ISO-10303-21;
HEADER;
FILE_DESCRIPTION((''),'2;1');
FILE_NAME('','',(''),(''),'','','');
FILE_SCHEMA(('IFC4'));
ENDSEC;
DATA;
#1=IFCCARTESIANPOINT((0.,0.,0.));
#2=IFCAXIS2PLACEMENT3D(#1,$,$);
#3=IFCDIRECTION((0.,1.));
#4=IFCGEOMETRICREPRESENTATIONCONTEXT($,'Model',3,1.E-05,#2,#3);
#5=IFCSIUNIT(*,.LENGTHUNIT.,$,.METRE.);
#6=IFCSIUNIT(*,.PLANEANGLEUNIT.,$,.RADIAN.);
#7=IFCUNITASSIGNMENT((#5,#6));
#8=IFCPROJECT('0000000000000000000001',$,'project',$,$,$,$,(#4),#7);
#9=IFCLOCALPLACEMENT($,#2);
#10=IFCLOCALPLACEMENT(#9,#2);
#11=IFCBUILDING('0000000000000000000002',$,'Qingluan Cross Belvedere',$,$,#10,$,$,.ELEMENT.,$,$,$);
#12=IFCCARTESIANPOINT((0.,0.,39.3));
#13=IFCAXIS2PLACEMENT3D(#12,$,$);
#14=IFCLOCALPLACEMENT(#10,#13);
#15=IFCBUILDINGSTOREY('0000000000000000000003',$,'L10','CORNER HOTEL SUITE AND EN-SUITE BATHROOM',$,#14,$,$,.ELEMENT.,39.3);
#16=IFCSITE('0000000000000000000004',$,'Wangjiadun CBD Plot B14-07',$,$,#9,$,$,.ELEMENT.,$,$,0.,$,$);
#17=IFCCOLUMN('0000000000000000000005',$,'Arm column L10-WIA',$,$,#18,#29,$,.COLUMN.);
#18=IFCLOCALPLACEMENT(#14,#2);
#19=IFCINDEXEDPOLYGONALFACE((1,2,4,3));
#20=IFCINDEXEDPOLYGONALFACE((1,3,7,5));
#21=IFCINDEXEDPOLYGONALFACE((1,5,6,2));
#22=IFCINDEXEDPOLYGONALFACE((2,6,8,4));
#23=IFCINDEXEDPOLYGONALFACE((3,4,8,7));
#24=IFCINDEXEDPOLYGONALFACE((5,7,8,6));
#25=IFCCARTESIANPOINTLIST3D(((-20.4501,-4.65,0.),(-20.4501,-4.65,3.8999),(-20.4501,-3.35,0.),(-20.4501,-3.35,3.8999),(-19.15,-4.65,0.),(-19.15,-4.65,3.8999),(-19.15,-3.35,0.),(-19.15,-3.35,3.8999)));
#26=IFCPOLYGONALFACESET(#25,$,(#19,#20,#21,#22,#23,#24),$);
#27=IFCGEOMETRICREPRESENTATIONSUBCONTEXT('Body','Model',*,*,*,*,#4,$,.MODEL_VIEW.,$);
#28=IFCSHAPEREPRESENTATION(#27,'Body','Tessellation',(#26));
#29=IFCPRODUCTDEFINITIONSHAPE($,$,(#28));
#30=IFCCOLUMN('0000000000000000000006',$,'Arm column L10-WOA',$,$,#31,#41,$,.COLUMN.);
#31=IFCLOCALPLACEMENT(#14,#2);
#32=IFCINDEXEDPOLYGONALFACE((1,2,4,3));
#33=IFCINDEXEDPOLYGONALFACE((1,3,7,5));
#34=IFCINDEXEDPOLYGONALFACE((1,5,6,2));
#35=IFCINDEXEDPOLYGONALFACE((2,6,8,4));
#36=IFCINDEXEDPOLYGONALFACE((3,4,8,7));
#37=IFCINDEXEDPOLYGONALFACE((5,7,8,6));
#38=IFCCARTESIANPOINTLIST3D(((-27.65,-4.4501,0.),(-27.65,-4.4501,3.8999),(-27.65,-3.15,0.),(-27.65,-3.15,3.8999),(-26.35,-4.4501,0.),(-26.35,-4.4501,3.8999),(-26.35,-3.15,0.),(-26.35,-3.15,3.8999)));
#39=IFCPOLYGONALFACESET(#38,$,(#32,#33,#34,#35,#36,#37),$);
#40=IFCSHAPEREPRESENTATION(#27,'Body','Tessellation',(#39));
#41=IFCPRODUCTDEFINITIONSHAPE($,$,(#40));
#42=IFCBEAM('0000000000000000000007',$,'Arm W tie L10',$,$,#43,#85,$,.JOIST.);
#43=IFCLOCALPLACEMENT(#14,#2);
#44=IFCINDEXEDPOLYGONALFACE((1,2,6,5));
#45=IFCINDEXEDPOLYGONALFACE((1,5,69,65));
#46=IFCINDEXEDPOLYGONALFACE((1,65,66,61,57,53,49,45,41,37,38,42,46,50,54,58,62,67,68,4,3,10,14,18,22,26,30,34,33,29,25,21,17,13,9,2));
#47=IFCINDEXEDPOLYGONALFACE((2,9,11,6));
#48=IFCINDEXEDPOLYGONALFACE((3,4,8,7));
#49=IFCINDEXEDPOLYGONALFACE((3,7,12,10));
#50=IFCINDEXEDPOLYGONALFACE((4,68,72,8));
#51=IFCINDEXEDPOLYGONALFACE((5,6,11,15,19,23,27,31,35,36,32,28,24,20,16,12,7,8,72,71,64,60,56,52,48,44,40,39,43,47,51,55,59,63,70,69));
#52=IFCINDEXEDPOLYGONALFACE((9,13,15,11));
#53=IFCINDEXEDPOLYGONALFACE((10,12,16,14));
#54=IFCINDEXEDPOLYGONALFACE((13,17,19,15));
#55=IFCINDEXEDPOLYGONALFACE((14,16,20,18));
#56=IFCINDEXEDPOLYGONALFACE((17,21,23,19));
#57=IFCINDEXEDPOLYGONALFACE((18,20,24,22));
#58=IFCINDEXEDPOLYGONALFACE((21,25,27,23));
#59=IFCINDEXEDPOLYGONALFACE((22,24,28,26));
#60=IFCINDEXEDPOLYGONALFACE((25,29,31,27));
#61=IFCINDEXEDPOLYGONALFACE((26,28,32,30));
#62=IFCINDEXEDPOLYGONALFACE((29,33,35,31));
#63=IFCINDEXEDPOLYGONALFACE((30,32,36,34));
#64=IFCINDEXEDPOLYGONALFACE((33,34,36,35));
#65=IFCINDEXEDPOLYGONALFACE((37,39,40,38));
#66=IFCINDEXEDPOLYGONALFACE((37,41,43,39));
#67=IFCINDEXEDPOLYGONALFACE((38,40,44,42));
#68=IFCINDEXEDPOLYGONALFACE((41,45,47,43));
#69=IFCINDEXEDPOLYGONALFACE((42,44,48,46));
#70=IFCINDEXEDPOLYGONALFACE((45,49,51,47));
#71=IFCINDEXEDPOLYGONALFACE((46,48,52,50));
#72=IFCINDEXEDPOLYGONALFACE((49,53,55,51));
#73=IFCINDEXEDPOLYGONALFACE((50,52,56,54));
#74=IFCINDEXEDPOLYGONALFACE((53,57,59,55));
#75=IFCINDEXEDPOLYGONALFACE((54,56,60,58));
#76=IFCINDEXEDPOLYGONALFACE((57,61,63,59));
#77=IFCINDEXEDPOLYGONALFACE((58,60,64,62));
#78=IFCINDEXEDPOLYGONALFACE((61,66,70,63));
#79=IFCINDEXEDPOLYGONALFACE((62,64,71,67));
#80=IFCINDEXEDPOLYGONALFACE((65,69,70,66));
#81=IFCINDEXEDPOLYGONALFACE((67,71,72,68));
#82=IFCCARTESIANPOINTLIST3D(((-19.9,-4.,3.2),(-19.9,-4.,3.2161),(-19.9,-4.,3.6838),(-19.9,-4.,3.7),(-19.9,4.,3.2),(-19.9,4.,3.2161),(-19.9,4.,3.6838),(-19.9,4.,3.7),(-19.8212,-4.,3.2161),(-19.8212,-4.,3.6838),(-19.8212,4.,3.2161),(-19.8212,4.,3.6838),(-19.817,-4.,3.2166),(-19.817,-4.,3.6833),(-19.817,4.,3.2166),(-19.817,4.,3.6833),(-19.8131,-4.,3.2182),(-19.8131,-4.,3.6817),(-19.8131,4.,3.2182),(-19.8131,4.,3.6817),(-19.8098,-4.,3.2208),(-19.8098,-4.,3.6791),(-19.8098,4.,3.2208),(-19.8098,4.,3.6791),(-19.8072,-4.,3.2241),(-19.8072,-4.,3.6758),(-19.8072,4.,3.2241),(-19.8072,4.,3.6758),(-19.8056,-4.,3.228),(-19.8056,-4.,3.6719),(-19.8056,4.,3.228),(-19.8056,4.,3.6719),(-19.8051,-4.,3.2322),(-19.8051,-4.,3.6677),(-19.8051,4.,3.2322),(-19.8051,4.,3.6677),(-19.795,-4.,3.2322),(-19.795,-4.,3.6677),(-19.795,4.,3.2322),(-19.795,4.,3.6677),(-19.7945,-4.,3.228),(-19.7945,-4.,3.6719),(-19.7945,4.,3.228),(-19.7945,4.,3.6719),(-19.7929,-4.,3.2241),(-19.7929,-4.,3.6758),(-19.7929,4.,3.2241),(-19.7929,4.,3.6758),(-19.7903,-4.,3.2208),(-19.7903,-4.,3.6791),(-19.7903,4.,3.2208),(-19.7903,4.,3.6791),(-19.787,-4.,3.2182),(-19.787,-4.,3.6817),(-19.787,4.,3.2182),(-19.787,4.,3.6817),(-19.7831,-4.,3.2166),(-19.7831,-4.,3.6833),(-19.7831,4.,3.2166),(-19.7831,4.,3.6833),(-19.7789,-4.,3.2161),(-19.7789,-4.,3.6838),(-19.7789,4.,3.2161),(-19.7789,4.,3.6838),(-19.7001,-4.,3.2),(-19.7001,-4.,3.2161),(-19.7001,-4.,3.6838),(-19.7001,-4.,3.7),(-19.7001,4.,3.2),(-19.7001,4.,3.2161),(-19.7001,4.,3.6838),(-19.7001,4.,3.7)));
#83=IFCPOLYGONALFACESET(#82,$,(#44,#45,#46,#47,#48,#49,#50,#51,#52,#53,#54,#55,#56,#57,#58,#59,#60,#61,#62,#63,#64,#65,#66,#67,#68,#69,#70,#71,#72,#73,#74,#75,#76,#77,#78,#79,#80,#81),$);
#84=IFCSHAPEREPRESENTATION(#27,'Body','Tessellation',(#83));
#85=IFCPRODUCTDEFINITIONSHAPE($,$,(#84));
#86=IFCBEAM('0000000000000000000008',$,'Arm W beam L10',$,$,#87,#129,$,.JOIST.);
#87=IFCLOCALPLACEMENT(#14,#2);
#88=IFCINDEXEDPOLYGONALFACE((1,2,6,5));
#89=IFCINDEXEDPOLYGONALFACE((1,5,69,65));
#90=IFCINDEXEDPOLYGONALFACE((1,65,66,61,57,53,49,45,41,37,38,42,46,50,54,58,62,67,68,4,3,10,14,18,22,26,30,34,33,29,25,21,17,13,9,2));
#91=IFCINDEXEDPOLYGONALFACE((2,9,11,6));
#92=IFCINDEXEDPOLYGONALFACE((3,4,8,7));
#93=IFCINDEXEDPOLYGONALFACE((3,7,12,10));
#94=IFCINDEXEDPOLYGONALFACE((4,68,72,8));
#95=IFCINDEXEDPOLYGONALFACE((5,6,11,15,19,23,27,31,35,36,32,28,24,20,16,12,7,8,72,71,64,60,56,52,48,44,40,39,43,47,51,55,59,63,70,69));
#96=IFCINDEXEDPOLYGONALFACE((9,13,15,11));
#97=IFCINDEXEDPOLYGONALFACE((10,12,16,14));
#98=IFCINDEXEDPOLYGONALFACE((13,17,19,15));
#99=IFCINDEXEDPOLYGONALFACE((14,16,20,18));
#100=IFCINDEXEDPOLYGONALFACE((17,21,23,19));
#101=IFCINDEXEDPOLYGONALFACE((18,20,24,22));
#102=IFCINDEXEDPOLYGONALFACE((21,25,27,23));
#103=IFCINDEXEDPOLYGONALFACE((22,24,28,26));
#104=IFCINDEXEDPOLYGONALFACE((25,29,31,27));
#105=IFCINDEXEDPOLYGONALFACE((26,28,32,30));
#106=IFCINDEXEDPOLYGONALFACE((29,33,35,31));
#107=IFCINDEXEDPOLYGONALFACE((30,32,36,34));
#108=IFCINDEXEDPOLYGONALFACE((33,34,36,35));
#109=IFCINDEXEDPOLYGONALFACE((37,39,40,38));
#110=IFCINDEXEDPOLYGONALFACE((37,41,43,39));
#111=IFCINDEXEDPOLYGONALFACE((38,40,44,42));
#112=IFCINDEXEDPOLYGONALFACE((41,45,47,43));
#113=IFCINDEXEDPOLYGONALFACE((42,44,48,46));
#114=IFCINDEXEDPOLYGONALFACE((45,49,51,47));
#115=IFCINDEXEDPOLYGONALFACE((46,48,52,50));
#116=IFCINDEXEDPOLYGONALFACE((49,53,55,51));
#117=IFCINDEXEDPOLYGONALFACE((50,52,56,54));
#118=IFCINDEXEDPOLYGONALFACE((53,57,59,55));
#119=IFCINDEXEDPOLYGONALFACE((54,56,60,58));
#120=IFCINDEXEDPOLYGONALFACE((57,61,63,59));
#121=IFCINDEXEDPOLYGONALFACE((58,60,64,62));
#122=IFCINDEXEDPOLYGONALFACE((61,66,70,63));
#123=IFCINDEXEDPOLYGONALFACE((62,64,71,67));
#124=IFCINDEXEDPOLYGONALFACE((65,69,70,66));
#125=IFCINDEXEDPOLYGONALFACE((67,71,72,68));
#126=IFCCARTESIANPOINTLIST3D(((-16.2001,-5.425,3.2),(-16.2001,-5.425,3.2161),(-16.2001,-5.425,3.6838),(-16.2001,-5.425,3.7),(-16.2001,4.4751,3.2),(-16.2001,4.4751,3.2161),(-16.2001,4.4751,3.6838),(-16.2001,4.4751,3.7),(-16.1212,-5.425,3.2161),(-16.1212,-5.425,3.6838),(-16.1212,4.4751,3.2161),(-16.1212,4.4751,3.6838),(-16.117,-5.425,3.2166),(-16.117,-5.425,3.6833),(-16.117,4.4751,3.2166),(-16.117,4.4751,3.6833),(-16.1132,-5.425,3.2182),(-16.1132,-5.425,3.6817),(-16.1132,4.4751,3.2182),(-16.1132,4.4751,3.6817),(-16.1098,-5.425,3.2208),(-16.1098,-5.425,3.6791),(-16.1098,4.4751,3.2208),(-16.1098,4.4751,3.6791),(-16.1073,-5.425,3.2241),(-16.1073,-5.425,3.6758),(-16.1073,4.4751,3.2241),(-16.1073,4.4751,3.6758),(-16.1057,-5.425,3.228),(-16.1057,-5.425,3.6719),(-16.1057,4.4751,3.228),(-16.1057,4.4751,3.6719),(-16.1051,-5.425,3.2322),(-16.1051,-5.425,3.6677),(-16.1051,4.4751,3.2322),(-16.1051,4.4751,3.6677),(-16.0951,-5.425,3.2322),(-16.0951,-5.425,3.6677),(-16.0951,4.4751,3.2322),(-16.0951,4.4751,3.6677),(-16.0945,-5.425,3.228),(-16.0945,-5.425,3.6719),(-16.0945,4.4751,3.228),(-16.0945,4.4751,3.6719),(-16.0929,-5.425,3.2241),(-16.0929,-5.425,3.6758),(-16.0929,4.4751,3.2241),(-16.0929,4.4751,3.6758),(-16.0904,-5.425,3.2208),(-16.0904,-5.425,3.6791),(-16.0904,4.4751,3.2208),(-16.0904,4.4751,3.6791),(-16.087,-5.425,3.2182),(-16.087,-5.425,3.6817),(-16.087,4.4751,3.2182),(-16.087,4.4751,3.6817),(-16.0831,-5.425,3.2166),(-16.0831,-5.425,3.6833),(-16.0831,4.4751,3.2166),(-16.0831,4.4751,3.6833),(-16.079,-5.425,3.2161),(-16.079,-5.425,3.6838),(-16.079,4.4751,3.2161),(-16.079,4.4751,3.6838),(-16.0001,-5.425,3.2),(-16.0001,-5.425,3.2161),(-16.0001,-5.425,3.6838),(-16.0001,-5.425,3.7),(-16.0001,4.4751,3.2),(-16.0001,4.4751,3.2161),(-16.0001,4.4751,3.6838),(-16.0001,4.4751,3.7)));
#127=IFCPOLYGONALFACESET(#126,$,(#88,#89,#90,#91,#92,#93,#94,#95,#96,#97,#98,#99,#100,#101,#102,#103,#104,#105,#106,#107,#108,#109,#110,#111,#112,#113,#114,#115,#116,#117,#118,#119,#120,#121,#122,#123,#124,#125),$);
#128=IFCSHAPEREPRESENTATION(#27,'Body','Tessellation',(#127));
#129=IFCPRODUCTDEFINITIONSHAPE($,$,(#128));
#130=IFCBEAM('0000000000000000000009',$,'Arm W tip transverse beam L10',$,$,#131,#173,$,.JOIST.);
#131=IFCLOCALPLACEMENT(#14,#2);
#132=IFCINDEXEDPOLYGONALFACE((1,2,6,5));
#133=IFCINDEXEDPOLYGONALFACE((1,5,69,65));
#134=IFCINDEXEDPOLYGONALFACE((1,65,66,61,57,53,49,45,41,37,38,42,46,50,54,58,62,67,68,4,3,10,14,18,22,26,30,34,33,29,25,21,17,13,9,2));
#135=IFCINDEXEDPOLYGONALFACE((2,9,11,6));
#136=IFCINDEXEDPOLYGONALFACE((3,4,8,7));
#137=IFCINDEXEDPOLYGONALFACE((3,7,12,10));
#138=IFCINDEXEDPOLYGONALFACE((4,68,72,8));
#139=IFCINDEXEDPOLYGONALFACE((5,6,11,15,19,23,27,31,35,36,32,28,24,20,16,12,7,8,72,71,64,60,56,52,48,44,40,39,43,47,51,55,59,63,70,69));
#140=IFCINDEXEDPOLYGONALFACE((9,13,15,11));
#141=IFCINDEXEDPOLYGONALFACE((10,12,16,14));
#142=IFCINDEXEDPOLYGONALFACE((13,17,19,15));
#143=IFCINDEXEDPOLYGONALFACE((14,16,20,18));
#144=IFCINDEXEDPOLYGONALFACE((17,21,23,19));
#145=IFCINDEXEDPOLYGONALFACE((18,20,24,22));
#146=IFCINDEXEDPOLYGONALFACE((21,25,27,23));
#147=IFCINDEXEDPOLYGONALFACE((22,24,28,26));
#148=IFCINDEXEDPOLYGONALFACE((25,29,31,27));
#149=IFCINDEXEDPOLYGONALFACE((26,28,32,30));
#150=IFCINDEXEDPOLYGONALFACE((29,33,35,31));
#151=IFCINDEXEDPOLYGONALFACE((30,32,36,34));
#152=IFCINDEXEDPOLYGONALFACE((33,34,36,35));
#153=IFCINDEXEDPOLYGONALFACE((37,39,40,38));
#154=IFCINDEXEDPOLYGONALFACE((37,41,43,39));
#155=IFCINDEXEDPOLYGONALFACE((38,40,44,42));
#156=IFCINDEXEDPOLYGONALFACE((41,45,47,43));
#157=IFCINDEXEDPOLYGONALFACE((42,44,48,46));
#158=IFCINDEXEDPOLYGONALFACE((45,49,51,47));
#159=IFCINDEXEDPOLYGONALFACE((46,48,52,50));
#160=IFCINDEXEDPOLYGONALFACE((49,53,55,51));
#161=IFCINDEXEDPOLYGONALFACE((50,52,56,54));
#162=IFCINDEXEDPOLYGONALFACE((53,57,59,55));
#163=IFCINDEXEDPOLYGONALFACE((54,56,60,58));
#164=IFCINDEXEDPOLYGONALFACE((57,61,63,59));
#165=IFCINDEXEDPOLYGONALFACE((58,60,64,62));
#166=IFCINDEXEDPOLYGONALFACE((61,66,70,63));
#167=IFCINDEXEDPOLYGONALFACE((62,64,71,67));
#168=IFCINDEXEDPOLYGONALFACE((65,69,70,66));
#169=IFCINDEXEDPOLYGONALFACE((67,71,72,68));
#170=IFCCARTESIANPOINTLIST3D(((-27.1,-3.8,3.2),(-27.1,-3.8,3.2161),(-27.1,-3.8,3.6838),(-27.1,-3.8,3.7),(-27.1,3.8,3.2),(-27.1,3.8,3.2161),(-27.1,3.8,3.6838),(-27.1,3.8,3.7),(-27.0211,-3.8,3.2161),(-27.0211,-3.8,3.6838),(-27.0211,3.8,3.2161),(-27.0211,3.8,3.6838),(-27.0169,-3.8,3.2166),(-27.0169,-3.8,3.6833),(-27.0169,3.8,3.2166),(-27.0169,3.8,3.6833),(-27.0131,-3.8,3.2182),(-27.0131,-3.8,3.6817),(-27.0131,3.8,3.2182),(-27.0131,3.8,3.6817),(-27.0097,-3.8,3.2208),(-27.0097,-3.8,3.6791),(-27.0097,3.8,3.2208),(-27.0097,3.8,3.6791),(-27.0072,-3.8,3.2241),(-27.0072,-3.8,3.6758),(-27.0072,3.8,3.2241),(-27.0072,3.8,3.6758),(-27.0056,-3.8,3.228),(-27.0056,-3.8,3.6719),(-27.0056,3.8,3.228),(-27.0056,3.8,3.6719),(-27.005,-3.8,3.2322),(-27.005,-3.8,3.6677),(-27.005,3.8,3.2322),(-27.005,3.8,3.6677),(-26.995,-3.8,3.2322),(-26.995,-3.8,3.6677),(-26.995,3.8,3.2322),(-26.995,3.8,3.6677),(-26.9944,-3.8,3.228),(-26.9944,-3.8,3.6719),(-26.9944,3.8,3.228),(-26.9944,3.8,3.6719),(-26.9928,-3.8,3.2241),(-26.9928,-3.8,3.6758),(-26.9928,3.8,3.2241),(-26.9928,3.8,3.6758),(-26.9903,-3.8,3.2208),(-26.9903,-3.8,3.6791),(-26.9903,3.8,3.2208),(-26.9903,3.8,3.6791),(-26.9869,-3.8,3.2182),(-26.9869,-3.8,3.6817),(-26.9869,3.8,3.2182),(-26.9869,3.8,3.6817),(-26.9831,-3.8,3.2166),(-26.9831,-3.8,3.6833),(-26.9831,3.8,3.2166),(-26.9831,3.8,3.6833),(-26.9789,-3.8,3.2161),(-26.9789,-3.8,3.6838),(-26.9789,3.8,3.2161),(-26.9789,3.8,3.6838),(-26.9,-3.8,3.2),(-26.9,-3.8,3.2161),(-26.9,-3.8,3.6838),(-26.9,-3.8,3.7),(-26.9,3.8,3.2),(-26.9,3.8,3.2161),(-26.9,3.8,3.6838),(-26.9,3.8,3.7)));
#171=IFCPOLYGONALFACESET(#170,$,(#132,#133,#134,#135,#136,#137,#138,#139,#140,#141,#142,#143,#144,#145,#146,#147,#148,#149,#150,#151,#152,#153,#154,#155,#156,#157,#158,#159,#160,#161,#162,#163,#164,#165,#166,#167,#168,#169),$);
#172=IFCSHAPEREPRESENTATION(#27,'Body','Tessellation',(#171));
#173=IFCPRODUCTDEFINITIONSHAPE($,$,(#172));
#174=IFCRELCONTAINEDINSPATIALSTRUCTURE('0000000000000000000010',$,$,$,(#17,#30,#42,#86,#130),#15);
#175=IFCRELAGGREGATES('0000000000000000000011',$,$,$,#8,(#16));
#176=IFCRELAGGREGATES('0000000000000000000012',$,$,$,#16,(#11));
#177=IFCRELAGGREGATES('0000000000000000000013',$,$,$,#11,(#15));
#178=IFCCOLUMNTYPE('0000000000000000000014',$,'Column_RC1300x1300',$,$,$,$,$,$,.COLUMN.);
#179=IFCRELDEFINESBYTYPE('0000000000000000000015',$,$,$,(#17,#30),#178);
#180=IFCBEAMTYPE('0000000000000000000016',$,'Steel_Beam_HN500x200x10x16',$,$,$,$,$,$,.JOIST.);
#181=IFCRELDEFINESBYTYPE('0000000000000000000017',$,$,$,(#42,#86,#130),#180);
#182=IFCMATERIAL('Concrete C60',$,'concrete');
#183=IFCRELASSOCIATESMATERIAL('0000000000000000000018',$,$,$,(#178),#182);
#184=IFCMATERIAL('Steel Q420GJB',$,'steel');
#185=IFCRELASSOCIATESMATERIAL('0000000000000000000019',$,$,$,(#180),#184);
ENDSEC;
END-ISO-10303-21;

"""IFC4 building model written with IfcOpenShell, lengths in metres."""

from ifc_helpers import new_model, si_unit, direction, frame, origin, origin_2d, place, context, subcontext, project, spatial, rectangle, i_section, extrude, material, material_profile, profile_set, type_object, element, save


model = new_model("IFC4")

# Units and contexts
model_context = context("Model", 3, precision=1e-05, world=origin(), true_north=direction((0.0, 1.0)))
body_context = subcontext(model_context, "Body", "Model", "MODEL_VIEW")
ifc_project = project(units=[si_unit("LENGTHUNIT", "METRE"), si_unit("PLANEANGLEUNIT", "RADIAN")], contexts=[model_context])

# Site, building, storey
site_placement = place(None, origin())
site = spatial("IfcSite", under=ifc_project, at=site_placement, Name="Wangjiadun CBD Plot B14-07", CompositionType="ELEMENT", RefElevation=0.0)
building_placement = place(site_placement, origin())
building = spatial("IfcBuilding", under=site, at=building_placement, Name="Qingluan Cross Belvedere", CompositionType="ELEMENT")
storey_placement = place(building_placement, frame((0.0, 0.0, 39.3)))
storey = spatial("IfcBuildingStorey", under=building, at=storey_placement, Name="L10", Description="CORNER HOTEL SUITE AND EN-SUITE BATHROOM", CompositionType="ELEMENT", Elevation=39.3)

# Columns
ifc_material_1 = material(Name="Concrete C60", Category="concrete")
ifc_material_profile_1 = material_profile(ifc_material_1, rectangle(XDim=1.3, YDim=1.3, at=origin_2d()), Name="RC1300x1300")
ifc_profile_set_1 = profile_set([ifc_material_profile_1], Name="Concrete C60")
column_type = type_object("IfcColumnType", Name="Column_RC1300x1300", PredefinedType="COLUMN", material=ifc_profile_set_1)
for number, where, z_axis, x_axis, name in (
    (1, (-19.8, -4.0, 0.0), (0.0, 0.0, 1.0), (1.0, 0.0, 0.0), "Arm column L10-WIA"),
    (2, (-27.0, -3.8, 0.0), (0.0, 0.0, 1.0), (1.0, 0.0, 0.0), "Arm column L10-WOA"),
):
    element("IfcColumn", number, at=place(storey_placement, frame(where, z_axis=z_axis, x_axis=x_axis)), inside=storey, type_object=column_type, Name=name, PredefinedType="COLUMN", context=body_context, shape_type="SweptSolid", body=[
        extrude(rectangle(XDim=1.3, YDim=1.3, at=origin_2d()), origin(), (0.0, 0.0, 1.0), 3.8999),
    ])

# Beams
ifc_material_2 = material(Name="Steel Q420GJB", Category="steel")
ifc_material_profile_2 = material_profile(ifc_material_2, i_section(OverallWidth=0.2, OverallDepth=0.5, WebThickness=0.01, FlangeThickness=0.0161, FilletRadius=0.0161, at=origin_2d()), Name="HN500x200x10x16")
ifc_profile_set_2 = profile_set([ifc_material_profile_2], Name="Steel Q420GJB")
beam_type_1 = type_object("IfcBeamType", Name="Steel_Beam_HN500x200x10x16", PredefinedType="JOIST", material=ifc_profile_set_2)
beam_1_placement = place(storey_placement, frame((-19.8, -4.0, 3.45), z_axis=(0.0, 1.0, 0.0), x_axis=(-1.0, 0.0, 0.0)))
element("IfcBeam", 3, at=beam_1_placement, inside=storey, type_object=beam_type_1, Name="Arm W tie L10", PredefinedType="JOIST", context=body_context, shape_type="SweptSolid", body=[
    extrude(i_section(OverallWidth=0.2, OverallDepth=0.5, WebThickness=0.01, FlangeThickness=0.0161, FilletRadius=0.0161, at=origin_2d()), origin(), (0.0, 0.0, 1.0), 8.0),
])
beam_2_placement = place(storey_placement, frame((-16.1001, -5.425, 3.45), z_axis=(0.0, 1.0, 0.0), x_axis=(-1.0, 0.0, 0.0)))
element("IfcBeam", 4, at=beam_2_placement, inside=storey, type_object=beam_type_1, Name="Arm W beam L10", PredefinedType="JOIST", context=body_context, shape_type="SweptSolid", body=[
    extrude(i_section(OverallWidth=0.2, OverallDepth=0.5, WebThickness=0.01, FlangeThickness=0.0161, FilletRadius=0.0161, at=origin_2d()), origin(), (0.0, 0.0, 1.0), 9.9001),
])
beam_3_placement = place(storey_placement, frame((-27.0, -3.8, 3.45), z_axis=(0.0, 1.0, 0.0), x_axis=(-1.0, 0.0, 0.0)))
element("IfcBeam", 5, at=beam_3_placement, inside=storey, type_object=beam_type_1, Name="Arm W tip transverse beam L10", PredefinedType="JOIST", context=body_context, shape_type="SweptSolid", body=[
    extrude(i_section(OverallWidth=0.2, OverallDepth=0.5, WebThickness=0.01, FlangeThickness=0.0161, FilletRadius=0.0161, at=origin_2d()), origin(), (0.0, 0.0, 1.0), 7.6001),
])

save(model, "model.ifc")
